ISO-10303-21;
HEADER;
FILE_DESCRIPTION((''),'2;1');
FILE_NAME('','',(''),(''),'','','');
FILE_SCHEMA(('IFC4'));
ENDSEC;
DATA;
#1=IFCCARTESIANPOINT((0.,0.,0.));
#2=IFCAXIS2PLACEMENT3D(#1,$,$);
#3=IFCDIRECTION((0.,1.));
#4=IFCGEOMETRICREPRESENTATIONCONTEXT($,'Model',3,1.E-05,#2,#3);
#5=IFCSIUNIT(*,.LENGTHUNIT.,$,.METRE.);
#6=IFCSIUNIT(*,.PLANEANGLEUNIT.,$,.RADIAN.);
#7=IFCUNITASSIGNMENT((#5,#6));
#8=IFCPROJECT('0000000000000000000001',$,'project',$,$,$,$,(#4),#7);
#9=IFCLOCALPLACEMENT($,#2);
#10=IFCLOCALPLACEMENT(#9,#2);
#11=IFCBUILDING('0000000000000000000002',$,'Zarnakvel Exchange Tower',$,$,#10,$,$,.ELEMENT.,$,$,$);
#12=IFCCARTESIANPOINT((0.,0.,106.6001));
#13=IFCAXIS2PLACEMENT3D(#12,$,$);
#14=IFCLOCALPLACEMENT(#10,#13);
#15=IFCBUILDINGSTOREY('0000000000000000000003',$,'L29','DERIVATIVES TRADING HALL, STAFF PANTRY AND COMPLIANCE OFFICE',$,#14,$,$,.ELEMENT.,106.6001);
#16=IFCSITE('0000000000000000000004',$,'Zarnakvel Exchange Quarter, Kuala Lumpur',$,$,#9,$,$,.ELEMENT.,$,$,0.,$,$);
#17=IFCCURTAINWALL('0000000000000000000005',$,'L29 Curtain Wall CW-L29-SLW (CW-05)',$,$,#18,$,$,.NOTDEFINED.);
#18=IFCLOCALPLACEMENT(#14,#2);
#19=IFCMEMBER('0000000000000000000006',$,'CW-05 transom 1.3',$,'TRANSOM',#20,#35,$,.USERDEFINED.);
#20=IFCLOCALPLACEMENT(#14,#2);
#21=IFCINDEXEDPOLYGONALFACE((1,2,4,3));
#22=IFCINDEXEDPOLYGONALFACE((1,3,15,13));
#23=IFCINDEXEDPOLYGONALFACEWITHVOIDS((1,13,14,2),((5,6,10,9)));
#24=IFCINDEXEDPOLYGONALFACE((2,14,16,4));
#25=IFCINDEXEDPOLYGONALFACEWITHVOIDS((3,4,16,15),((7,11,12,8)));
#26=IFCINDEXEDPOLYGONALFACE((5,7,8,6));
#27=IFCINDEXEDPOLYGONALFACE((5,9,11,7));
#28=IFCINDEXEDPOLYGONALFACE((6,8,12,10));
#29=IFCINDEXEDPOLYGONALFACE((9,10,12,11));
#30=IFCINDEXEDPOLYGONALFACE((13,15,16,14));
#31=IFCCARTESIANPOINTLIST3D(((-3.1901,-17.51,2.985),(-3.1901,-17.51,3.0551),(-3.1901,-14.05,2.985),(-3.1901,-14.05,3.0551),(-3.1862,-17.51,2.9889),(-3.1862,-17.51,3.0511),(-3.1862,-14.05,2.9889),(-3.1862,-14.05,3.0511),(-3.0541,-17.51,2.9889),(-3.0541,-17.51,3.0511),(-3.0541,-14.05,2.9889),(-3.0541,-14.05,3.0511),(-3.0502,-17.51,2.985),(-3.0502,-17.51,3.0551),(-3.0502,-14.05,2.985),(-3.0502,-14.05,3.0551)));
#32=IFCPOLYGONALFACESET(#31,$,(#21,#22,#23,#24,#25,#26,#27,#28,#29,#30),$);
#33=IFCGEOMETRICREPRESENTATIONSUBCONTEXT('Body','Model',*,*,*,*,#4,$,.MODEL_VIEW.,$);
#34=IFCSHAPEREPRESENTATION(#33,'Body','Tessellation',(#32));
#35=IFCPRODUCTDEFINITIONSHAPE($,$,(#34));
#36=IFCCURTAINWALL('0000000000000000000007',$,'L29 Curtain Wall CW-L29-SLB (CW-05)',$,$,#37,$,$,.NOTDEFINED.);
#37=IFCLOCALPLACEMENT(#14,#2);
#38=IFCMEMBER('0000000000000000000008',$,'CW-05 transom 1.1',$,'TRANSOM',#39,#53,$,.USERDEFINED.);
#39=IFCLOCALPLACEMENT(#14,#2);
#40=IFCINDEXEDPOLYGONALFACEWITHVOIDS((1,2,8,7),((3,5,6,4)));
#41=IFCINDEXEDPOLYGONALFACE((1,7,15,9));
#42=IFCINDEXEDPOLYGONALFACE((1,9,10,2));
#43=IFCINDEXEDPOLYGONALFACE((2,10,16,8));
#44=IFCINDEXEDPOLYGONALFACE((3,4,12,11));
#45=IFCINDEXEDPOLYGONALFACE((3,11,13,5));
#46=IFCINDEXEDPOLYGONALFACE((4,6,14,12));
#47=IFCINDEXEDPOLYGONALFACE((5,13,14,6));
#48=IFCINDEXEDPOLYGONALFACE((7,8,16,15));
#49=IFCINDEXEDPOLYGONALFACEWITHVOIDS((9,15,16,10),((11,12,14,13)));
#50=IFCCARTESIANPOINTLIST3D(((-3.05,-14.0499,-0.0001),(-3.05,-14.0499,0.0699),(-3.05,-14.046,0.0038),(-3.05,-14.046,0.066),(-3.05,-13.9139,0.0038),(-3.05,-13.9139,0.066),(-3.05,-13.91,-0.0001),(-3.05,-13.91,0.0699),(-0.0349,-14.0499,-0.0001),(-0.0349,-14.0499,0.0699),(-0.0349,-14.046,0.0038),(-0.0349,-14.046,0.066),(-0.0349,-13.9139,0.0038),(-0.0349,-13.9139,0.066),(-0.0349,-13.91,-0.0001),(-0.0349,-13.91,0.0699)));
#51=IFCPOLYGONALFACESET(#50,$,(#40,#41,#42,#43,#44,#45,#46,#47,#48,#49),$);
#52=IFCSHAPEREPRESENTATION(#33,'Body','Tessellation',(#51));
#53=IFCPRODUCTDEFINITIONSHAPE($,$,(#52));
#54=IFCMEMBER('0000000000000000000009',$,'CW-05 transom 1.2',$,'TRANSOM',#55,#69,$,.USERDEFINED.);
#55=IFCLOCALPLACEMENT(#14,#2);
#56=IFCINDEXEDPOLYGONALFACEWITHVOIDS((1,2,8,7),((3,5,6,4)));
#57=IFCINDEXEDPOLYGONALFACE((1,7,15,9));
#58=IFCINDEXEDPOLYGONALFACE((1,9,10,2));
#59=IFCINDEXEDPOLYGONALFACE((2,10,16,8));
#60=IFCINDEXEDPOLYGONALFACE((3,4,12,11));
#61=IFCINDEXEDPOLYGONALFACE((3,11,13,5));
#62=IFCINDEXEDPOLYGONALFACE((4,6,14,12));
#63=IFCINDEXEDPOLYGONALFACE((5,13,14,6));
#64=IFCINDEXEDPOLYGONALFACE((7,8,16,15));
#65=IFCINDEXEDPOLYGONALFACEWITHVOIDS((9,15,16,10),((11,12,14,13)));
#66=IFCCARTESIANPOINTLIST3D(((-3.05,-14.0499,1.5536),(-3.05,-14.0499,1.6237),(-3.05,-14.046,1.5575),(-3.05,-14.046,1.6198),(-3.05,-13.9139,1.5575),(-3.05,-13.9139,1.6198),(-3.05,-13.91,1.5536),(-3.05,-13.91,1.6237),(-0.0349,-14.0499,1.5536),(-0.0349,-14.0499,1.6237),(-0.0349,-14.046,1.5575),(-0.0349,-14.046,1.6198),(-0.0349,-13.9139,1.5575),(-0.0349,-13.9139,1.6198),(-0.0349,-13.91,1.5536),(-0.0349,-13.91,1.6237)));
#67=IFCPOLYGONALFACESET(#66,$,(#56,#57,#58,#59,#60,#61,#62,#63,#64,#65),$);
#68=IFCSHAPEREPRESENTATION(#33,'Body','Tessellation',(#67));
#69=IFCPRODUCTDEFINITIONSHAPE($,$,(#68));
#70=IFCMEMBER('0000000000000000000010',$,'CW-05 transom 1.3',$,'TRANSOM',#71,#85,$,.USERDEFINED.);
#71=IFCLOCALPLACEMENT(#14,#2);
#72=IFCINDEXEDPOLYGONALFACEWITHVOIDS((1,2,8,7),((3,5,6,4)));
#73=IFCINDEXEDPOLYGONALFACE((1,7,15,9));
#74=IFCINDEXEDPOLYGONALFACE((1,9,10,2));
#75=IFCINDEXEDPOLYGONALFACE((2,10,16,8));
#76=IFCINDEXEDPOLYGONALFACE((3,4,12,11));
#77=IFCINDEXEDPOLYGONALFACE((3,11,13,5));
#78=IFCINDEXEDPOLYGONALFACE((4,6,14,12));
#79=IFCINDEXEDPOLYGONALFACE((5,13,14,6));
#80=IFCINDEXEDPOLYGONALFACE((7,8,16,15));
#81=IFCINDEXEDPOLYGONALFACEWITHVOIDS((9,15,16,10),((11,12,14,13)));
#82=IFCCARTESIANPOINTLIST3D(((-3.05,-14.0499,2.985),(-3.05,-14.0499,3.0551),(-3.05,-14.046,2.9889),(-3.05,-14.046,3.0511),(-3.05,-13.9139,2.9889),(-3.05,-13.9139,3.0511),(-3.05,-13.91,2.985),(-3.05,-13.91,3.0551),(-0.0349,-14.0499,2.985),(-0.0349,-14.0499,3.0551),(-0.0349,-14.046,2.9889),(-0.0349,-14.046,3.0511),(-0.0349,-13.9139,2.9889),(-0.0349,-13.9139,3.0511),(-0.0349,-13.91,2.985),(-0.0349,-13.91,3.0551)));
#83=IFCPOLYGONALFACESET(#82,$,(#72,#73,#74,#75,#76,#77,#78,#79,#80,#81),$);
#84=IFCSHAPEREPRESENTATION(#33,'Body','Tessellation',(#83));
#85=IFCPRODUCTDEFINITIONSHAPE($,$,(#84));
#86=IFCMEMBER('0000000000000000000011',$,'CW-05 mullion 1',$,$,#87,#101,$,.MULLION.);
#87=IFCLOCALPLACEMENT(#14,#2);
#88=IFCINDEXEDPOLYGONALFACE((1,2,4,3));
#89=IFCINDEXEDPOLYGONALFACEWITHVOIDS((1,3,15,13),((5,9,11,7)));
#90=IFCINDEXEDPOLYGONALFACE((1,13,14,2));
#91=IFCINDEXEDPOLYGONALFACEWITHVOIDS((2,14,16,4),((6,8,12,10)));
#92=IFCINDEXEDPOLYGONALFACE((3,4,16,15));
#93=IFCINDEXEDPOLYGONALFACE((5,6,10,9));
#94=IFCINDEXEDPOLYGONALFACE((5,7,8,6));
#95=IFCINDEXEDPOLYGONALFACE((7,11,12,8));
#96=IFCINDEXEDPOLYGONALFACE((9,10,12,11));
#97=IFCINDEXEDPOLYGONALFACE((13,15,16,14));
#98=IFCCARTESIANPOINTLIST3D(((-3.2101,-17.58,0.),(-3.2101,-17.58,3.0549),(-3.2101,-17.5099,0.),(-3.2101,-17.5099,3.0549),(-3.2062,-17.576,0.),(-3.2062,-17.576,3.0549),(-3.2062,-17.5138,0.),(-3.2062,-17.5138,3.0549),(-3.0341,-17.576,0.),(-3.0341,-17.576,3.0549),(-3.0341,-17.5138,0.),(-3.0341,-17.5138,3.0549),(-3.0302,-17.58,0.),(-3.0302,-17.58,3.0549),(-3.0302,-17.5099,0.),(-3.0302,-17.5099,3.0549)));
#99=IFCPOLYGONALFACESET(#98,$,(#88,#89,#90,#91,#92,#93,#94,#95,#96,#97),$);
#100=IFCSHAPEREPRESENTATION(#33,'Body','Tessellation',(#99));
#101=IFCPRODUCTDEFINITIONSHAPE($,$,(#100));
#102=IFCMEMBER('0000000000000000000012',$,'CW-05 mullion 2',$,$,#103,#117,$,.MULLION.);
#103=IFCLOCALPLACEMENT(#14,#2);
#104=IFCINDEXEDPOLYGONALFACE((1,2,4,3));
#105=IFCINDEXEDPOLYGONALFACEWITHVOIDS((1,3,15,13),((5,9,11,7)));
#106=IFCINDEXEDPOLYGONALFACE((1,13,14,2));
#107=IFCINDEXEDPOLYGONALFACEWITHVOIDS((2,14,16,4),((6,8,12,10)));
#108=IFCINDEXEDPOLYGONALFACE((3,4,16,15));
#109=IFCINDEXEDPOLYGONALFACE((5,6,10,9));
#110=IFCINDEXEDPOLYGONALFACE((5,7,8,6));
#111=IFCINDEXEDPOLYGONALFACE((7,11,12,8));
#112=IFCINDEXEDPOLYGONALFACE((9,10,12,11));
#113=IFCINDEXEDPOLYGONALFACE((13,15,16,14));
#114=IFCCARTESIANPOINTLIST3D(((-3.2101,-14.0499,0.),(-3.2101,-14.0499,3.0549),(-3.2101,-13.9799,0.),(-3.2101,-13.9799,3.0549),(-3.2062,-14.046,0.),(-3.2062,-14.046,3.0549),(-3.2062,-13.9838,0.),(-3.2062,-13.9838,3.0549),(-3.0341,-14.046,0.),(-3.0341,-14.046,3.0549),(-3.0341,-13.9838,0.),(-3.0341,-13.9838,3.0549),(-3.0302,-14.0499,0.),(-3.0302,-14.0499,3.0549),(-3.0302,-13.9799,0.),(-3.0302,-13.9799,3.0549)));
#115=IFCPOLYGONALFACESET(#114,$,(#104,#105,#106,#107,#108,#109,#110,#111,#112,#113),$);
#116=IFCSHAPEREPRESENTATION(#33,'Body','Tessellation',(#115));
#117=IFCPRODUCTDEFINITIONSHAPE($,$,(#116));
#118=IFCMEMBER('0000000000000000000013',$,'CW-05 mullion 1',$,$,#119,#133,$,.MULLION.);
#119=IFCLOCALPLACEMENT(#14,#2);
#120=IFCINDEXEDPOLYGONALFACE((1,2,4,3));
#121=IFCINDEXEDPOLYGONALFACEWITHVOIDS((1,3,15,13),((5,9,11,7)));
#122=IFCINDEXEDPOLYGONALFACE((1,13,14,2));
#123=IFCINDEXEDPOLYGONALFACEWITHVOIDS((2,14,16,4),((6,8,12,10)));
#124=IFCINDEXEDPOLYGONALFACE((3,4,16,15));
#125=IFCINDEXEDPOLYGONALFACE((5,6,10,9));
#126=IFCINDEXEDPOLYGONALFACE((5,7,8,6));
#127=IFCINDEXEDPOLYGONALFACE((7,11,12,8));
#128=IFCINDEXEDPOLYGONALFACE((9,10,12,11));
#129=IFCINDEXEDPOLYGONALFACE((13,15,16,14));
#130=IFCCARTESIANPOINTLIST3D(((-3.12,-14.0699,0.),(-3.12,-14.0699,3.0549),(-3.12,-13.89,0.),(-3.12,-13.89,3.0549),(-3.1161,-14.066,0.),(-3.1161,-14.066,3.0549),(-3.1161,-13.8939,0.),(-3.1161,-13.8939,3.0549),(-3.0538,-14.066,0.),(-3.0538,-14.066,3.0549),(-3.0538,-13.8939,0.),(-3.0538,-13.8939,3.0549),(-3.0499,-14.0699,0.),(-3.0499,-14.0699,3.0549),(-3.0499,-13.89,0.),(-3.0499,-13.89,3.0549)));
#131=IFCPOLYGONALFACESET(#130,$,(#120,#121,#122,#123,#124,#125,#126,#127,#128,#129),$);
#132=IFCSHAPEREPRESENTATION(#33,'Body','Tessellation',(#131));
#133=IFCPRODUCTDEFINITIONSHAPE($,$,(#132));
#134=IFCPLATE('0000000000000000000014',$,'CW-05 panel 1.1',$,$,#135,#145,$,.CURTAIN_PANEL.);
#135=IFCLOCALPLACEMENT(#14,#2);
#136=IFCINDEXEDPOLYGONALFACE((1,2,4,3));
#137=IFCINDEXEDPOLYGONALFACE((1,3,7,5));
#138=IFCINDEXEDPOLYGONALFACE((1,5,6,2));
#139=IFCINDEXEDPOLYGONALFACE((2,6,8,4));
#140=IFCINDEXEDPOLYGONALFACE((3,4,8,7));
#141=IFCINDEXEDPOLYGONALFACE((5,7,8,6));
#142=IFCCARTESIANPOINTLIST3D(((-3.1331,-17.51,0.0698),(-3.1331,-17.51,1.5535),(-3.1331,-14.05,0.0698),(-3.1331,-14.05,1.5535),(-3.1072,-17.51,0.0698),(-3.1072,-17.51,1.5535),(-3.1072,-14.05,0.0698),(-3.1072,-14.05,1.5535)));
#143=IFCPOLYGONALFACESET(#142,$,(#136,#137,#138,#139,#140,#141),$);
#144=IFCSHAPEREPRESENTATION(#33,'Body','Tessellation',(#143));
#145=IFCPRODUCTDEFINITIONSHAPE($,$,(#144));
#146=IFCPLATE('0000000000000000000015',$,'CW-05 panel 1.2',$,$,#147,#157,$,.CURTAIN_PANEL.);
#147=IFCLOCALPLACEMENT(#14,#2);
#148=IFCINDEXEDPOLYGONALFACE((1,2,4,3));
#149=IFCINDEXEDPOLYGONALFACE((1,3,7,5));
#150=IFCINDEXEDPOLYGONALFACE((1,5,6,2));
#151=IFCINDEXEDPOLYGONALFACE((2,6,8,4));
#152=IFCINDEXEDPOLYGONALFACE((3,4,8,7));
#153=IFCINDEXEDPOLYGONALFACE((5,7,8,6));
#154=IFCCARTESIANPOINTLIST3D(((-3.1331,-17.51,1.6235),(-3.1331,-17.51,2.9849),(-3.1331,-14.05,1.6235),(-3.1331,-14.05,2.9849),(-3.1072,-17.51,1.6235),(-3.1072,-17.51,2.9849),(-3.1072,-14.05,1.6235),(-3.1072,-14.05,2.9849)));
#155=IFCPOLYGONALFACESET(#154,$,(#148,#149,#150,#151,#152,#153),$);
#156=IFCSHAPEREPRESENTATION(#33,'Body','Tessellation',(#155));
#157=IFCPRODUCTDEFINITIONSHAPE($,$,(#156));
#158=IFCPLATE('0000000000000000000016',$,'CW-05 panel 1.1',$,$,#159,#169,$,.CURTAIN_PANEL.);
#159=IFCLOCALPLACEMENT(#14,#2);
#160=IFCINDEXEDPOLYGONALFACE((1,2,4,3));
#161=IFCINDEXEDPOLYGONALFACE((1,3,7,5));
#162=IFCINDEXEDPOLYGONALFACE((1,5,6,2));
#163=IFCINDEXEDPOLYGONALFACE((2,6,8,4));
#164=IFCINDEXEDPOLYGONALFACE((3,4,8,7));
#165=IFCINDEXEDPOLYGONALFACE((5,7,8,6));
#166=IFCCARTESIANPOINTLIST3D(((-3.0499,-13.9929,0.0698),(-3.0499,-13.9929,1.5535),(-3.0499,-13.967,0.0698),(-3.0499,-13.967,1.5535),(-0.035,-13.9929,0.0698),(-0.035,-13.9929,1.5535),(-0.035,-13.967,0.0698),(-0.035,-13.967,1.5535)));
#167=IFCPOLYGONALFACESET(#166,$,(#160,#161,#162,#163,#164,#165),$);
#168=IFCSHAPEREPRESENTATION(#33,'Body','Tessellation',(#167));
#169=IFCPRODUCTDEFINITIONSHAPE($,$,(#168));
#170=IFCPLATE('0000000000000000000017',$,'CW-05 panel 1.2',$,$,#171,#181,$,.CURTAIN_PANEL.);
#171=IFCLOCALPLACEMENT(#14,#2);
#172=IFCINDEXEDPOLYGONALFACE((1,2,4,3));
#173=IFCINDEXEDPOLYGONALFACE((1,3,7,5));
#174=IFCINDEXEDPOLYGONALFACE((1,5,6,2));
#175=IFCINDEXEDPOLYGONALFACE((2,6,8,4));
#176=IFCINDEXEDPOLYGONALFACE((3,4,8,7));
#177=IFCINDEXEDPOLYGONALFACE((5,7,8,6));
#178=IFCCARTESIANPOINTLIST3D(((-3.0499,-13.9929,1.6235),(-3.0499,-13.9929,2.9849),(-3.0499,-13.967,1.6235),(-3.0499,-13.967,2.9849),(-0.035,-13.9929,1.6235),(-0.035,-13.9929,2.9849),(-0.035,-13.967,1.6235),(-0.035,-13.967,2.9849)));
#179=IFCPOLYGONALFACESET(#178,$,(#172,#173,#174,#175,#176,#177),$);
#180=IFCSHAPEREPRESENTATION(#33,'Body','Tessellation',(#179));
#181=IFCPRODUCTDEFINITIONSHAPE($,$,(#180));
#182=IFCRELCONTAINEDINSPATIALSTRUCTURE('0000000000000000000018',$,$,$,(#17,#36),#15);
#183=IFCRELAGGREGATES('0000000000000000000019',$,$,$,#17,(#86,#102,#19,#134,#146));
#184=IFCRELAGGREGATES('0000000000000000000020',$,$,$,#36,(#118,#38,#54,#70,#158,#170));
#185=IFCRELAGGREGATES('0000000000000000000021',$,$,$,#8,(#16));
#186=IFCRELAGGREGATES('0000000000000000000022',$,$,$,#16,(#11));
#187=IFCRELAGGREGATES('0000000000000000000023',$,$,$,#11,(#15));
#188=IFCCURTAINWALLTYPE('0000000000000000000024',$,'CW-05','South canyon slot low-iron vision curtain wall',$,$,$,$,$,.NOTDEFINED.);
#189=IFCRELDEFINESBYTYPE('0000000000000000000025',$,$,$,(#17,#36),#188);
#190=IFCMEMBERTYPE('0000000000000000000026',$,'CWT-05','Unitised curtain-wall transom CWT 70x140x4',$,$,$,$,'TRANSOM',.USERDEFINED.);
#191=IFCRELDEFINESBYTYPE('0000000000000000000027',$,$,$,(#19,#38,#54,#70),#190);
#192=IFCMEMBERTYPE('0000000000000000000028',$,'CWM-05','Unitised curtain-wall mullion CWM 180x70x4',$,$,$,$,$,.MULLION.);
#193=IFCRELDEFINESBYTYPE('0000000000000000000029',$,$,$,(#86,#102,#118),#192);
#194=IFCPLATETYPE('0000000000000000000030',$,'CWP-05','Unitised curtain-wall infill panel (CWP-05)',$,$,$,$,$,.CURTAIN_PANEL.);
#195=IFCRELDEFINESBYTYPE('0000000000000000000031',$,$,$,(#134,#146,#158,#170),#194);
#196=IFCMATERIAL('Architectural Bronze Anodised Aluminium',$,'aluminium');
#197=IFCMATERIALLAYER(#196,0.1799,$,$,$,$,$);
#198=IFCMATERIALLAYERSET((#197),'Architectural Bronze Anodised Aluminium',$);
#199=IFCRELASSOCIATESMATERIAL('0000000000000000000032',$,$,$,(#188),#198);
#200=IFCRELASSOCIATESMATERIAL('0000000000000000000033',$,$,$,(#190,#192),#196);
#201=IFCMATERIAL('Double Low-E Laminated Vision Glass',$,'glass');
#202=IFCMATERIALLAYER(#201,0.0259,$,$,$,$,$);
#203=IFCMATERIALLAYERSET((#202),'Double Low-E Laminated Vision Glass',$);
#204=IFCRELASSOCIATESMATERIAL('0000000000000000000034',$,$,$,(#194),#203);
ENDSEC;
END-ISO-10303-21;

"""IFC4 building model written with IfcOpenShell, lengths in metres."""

from ifc_helpers import new_model, si_unit, direction, frame, origin, origin_2d, place, context, subcontext, project, spatial, rectangle, hollow_rectangle, extrude, source, transform, mapped, material, layer, layer_set, material_profile, profile_set, type_object, element, aggregate, save


model = new_model("IFC4")

# Units and contexts
model_context = context("Model", 3, precision=1e-05, world=origin(), true_north=direction((0.0, 1.0)))
body_context = subcontext(model_context, "Body", "Model", "MODEL_VIEW")
ifc_project = project(units=[si_unit("LENGTHUNIT", "METRE"), si_unit("PLANEANGLEUNIT", "RADIAN")], contexts=[model_context])

# Site, building, storey
site_placement = place(None, origin())
site = spatial("IfcSite", under=ifc_project, at=site_placement, Name="Zarnakvel Exchange Quarter, Kuala Lumpur", CompositionType="ELEMENT", RefElevation=0.0)
building_placement = place(site_placement, origin())
building = spatial("IfcBuilding", under=site, at=building_placement, Name="Zarnakvel Exchange Tower", CompositionType="ELEMENT")
storey_placement = place(building_placement, frame((0.0, 0.0, 106.6001)))
storey = spatial("IfcBuildingStorey", under=building, at=storey_placement, Name="L29", Description="DERIVATIVES TRADING HALL, STAFF PANTRY AND COMPLIANCE OFFICE", CompositionType="ELEMENT", Elevation=106.6001)

# Curtain walls, members
ifc_material_1 = material(Name="Architectural Bronze Anodised Aluminium", Category="aluminium")
ifc_layer_1 = layer(ifc_material_1, 0.1799)
ifc_layer_set_1 = layer_set([ifc_layer_1], Name="Architectural Bronze Anodised Aluminium")
curtain_wall_type = type_object("IfcCurtainWallType", Name="CW-05", Description="South canyon slot low-iron vision curtain wall", PredefinedType="NOTDEFINED", material=ifc_layer_set_1)
curtain_wall_1_placement = place(storey_placement, origin())
curtain_wall_1 = element("IfcCurtainWall", 1, at=curtain_wall_1_placement, inside=storey, type_object=curtain_wall_type, Name="L29 Curtain Wall CW-L29-SLW (CW-05)", PredefinedType="NOTDEFINED")
ifc_material_profile_1 = material_profile(ifc_material_1, hollow_rectangle(XDim=0.1399, YDim=0.0701, WallThickness=0.0039, at=origin_2d()))
ifc_profile_set_1 = profile_set([ifc_material_profile_1], Name="Architectural Bronze Anodised Aluminium")
member_type_1 = type_object("IfcMemberType", Name="CWT-05", Description="Unitised curtain-wall transom CWT 70x140x4", ElementType="TRANSOM", PredefinedType="USERDEFINED", material=ifc_profile_set_1)
shared_shape_1 = source(origin(), body_context, "Body", "SweptSolid", [
    extrude(hollow_rectangle(XDim=0.1399, YDim=0.0701, WallThickness=0.0039, at=origin_2d()), origin(), (0.0, 0.0, 1.0), 3.46),
])
member_1_placement = place(storey_placement, frame((-3.1201, -17.51, 3.02), z_axis=(0.0, 1.0, 0.0), x_axis=(-1.0, 0.0, 0.0)))
member_1 = element("IfcMember", 2, at=member_1_placement, type_object=member_type_1, Name="CW-05 transom 1.3", ObjectType="TRANSOM", PredefinedType="USERDEFINED", context=body_context, shape_type="MappedRepresentation", body=[
    mapped(shared_shape_1, transform((0.0, 0.0, 0.0), x_axis=(1.0, 0.0, 0.0), y_axis=(0.0, 1.0, 0.0), z_axis=(0.0, 0.0, 1.0), scale=1.0)),
])
curtain_wall_2_placement = place(storey_placement, origin())
curtain_wall_2 = element("IfcCurtainWall", 3, at=curtain_wall_2_placement, inside=storey, type_object=curtain_wall_type, Name="L29 Curtain Wall CW-L29-SLB (CW-05)", PredefinedType="NOTDEFINED")
shared_shape_2 = source(origin(), body_context, "Body", "SweptSolid", [
    extrude(hollow_rectangle(XDim=0.1399, YDim=0.0701, WallThickness=0.0039, at=origin_2d()), origin(), (0.0, 0.0, 1.0), 3.0151),
])
member_2_placement = place(storey_placement, frame((-3.05, -13.98, 0.0349), z_axis=(1.0, 0.0, 0.0), x_axis=(0.0, 1.0, 0.0)))
member_2 = element("IfcMember", 4, at=member_2_placement, type_object=member_type_1, Name="CW-05 transom 1.1", ObjectType="TRANSOM", PredefinedType="USERDEFINED", context=body_context, shape_type="MappedRepresentation", body=[
    mapped(shared_shape_2, transform((0.0, 0.0, 0.0), x_axis=(1.0, 0.0, 0.0), y_axis=(0.0, 1.0, 0.0), z_axis=(0.0, 0.0, 1.0), scale=1.0)),
])
member_3_placement = place(storey_placement, frame((-3.05, -13.98, 1.5886), z_axis=(1.0, 0.0, 0.0), x_axis=(0.0, 1.0, 0.0)))
member_3 = element("IfcMember", 5, at=member_3_placement, type_object=member_type_1, Name="CW-05 transom 1.2", ObjectType="TRANSOM", PredefinedType="USERDEFINED", context=body_context, shape_type="MappedRepresentation", body=[
    mapped(shared_shape_2, transform((0.0, 0.0, 0.0), x_axis=(1.0, 0.0, 0.0), y_axis=(0.0, 1.0, 0.0), z_axis=(0.0, 0.0, 1.0), scale=1.0)),
])
member_4_placement = place(storey_placement, frame((-3.05, -13.98, 3.02), z_axis=(1.0, 0.0, 0.0), x_axis=(0.0, 1.0, 0.0)))
member_4 = element("IfcMember", 6, at=member_4_placement, type_object=member_type_1, Name="CW-05 transom 1.3", ObjectType="TRANSOM", PredefinedType="USERDEFINED", context=body_context, shape_type="MappedRepresentation", body=[
    mapped(shared_shape_2, transform((0.0, 0.0, 0.0), x_axis=(1.0, 0.0, 0.0), y_axis=(0.0, 1.0, 0.0), z_axis=(0.0, 0.0, 1.0), scale=1.0)),
])

# Members
ifc_material_profile_2 = material_profile(ifc_material_1, hollow_rectangle(XDim=0.1799, YDim=0.0701, WallThickness=0.0039, at=origin_2d()))
ifc_profile_set_2 = profile_set([ifc_material_profile_2], Name="Architectural Bronze Anodised Aluminium")
member_type_2 = type_object("IfcMemberType", Name="CWM-05", Description="Unitised curtain-wall mullion CWM 180x70x4", PredefinedType="MULLION", material=ifc_profile_set_2)
shared_shape_3 = source(origin(), body_context, "Body", "SweptSolid", [
    extrude(hollow_rectangle(XDim=0.1799, YDim=0.0701, WallThickness=0.0039, at=origin_2d()), origin(), (0.0, 0.0, 1.0), 3.0549),
])
member_5_placement = place(storey_placement, frame((-3.1201, -17.5449, 0.0), z_axis=(0.0, 0.0, 1.0), x_axis=(-1.0, 0.0, 0.0)))
member_5 = element("IfcMember", 7, at=member_5_placement, type_object=member_type_2, Name="CW-05 mullion 1", PredefinedType="MULLION", context=body_context, shape_type="MappedRepresentation", body=[
    mapped(shared_shape_3, transform((0.0, 0.0, 0.0), x_axis=(1.0, 0.0, 0.0), y_axis=(0.0, 1.0, 0.0), z_axis=(0.0, 0.0, 1.0), scale=1.0)),
])
member_6_placement = place(storey_placement, frame((-3.1201, -14.0149, 0.0), z_axis=(0.0, 0.0, 1.0), x_axis=(-1.0, 0.0, 0.0)))
member_6 = element("IfcMember", 8, at=member_6_placement, type_object=member_type_2, Name="CW-05 mullion 2", PredefinedType="MULLION", context=body_context, shape_type="MappedRepresentation", body=[
    mapped(shared_shape_3, transform((0.0, 0.0, 0.0), x_axis=(1.0, 0.0, 0.0), y_axis=(0.0, 1.0, 0.0), z_axis=(0.0, 0.0, 1.0), scale=1.0)),
])
member_7_placement = place(storey_placement, frame((-3.085, -13.98, 0.0), z_axis=(0.0, 0.0, 1.0), x_axis=(0.0, 1.0, 0.0)))
member_7 = element("IfcMember", 9, at=member_7_placement, type_object=member_type_2, Name="CW-05 mullion 1", PredefinedType="MULLION", context=body_context, shape_type="MappedRepresentation", body=[
    mapped(shared_shape_3, transform((0.0, 0.0, 0.0), x_axis=(1.0, 0.0, 0.0), y_axis=(0.0, 1.0, 0.0), z_axis=(0.0, 0.0, 1.0), scale=1.0)),
])

# Plates
ifc_material_2 = material(Name="Double Low-E Laminated Vision Glass", Category="glass")
ifc_layer_2 = layer(ifc_material_2, 0.0259)
ifc_layer_set_2 = layer_set([ifc_layer_2], Name="Double Low-E Laminated Vision Glass")
plate_type = type_object("IfcPlateType", Name="CWP-05", Description="Unitised curtain-wall infill panel (CWP-05)", PredefinedType="CURTAIN_PANEL", material=ifc_layer_set_2)
shared_shape_4 = source(origin(), body_context, "Body", "SweptSolid", [
    extrude(rectangle(XDim=3.46, YDim=0.0259, at=origin_2d()), origin(), (0.0, 0.0, 1.0), 1.4836),
])
plate_1_placement = place(storey_placement, frame((-3.1201, -15.78, 0.0698), z_axis=(0.0, 0.0, 1.0), x_axis=(0.0, 1.0, 0.0)))
plate_1 = element("IfcPlate", 10, at=plate_1_placement, type_object=plate_type, Name="CW-05 panel 1.1", PredefinedType="CURTAIN_PANEL", context=body_context, shape_type="MappedRepresentation", body=[
    mapped(shared_shape_4, transform((0.0, 0.0, 0.0), x_axis=(1.0, 0.0, 0.0), y_axis=(0.0, 1.0, 0.0), z_axis=(0.0, 0.0, 1.0), scale=1.0)),
])
shared_shape_5 = source(origin(), body_context, "Body", "SweptSolid", [
    extrude(rectangle(XDim=3.46, YDim=0.0259, at=origin_2d()), origin(), (0.0, 0.0, 1.0), 1.3613),
])
plate_2_placement = place(storey_placement, frame((-3.1201, -15.78, 1.6235), z_axis=(0.0, 0.0, 1.0), x_axis=(0.0, 1.0, 0.0)))
plate_2 = element("IfcPlate", 11, at=plate_2_placement, type_object=plate_type, Name="CW-05 panel 1.2", PredefinedType="CURTAIN_PANEL", context=body_context, shape_type="MappedRepresentation", body=[
    mapped(shared_shape_5, transform((0.0, 0.0, 0.0), x_axis=(1.0, 0.0, 0.0), y_axis=(0.0, 1.0, 0.0), z_axis=(0.0, 0.0, 1.0), scale=1.0)),
])
aggregate(curtain_wall_1, [member_5, member_6, member_1, plate_1, plate_2])
shared_shape_6 = source(origin(), body_context, "Body", "SweptSolid", [
    extrude(rectangle(XDim=3.0149, YDim=0.0259, at=origin_2d()), origin(), (0.0, 0.0, 1.0), 1.4836),
])
plate_3_placement = place(storey_placement, frame((-1.5425, -13.98, 0.0698), z_axis=(0.0, 0.0, 1.0), x_axis=(1.0, 0.0, 0.0)))
plate_3 = element("IfcPlate", 12, at=plate_3_placement, type_object=plate_type, Name="CW-05 panel 1.1", PredefinedType="CURTAIN_PANEL", context=body_context, shape_type="MappedRepresentation", body=[
    mapped(shared_shape_6, transform((0.0, 0.0, 0.0), x_axis=(1.0, 0.0, 0.0), y_axis=(0.0, 1.0, 0.0), z_axis=(0.0, 0.0, 1.0), scale=1.0)),
])
shared_shape_7 = source(origin(), body_context, "Body", "SweptSolid", [
    extrude(rectangle(XDim=3.0149, YDim=0.0259, at=origin_2d()), origin(), (0.0, 0.0, 1.0), 1.3613),
])
plate_4_placement = place(storey_placement, frame((-1.5425, -13.98, 1.6235), z_axis=(0.0, 0.0, 1.0), x_axis=(1.0, 0.0, 0.0)))
plate_4 = element("IfcPlate", 13, at=plate_4_placement, type_object=plate_type, Name="CW-05 panel 1.2", PredefinedType="CURTAIN_PANEL", context=body_context, shape_type="MappedRepresentation", body=[
    mapped(shared_shape_7, transform((0.0, 0.0, 0.0), x_axis=(1.0, 0.0, 0.0), y_axis=(0.0, 1.0, 0.0), z_axis=(0.0, 0.0, 1.0), scale=1.0)),
])
aggregate(curtain_wall_2, [member_7, member_2, member_3, member_4, plate_3, plate_4])

save(model, "model.ifc")
